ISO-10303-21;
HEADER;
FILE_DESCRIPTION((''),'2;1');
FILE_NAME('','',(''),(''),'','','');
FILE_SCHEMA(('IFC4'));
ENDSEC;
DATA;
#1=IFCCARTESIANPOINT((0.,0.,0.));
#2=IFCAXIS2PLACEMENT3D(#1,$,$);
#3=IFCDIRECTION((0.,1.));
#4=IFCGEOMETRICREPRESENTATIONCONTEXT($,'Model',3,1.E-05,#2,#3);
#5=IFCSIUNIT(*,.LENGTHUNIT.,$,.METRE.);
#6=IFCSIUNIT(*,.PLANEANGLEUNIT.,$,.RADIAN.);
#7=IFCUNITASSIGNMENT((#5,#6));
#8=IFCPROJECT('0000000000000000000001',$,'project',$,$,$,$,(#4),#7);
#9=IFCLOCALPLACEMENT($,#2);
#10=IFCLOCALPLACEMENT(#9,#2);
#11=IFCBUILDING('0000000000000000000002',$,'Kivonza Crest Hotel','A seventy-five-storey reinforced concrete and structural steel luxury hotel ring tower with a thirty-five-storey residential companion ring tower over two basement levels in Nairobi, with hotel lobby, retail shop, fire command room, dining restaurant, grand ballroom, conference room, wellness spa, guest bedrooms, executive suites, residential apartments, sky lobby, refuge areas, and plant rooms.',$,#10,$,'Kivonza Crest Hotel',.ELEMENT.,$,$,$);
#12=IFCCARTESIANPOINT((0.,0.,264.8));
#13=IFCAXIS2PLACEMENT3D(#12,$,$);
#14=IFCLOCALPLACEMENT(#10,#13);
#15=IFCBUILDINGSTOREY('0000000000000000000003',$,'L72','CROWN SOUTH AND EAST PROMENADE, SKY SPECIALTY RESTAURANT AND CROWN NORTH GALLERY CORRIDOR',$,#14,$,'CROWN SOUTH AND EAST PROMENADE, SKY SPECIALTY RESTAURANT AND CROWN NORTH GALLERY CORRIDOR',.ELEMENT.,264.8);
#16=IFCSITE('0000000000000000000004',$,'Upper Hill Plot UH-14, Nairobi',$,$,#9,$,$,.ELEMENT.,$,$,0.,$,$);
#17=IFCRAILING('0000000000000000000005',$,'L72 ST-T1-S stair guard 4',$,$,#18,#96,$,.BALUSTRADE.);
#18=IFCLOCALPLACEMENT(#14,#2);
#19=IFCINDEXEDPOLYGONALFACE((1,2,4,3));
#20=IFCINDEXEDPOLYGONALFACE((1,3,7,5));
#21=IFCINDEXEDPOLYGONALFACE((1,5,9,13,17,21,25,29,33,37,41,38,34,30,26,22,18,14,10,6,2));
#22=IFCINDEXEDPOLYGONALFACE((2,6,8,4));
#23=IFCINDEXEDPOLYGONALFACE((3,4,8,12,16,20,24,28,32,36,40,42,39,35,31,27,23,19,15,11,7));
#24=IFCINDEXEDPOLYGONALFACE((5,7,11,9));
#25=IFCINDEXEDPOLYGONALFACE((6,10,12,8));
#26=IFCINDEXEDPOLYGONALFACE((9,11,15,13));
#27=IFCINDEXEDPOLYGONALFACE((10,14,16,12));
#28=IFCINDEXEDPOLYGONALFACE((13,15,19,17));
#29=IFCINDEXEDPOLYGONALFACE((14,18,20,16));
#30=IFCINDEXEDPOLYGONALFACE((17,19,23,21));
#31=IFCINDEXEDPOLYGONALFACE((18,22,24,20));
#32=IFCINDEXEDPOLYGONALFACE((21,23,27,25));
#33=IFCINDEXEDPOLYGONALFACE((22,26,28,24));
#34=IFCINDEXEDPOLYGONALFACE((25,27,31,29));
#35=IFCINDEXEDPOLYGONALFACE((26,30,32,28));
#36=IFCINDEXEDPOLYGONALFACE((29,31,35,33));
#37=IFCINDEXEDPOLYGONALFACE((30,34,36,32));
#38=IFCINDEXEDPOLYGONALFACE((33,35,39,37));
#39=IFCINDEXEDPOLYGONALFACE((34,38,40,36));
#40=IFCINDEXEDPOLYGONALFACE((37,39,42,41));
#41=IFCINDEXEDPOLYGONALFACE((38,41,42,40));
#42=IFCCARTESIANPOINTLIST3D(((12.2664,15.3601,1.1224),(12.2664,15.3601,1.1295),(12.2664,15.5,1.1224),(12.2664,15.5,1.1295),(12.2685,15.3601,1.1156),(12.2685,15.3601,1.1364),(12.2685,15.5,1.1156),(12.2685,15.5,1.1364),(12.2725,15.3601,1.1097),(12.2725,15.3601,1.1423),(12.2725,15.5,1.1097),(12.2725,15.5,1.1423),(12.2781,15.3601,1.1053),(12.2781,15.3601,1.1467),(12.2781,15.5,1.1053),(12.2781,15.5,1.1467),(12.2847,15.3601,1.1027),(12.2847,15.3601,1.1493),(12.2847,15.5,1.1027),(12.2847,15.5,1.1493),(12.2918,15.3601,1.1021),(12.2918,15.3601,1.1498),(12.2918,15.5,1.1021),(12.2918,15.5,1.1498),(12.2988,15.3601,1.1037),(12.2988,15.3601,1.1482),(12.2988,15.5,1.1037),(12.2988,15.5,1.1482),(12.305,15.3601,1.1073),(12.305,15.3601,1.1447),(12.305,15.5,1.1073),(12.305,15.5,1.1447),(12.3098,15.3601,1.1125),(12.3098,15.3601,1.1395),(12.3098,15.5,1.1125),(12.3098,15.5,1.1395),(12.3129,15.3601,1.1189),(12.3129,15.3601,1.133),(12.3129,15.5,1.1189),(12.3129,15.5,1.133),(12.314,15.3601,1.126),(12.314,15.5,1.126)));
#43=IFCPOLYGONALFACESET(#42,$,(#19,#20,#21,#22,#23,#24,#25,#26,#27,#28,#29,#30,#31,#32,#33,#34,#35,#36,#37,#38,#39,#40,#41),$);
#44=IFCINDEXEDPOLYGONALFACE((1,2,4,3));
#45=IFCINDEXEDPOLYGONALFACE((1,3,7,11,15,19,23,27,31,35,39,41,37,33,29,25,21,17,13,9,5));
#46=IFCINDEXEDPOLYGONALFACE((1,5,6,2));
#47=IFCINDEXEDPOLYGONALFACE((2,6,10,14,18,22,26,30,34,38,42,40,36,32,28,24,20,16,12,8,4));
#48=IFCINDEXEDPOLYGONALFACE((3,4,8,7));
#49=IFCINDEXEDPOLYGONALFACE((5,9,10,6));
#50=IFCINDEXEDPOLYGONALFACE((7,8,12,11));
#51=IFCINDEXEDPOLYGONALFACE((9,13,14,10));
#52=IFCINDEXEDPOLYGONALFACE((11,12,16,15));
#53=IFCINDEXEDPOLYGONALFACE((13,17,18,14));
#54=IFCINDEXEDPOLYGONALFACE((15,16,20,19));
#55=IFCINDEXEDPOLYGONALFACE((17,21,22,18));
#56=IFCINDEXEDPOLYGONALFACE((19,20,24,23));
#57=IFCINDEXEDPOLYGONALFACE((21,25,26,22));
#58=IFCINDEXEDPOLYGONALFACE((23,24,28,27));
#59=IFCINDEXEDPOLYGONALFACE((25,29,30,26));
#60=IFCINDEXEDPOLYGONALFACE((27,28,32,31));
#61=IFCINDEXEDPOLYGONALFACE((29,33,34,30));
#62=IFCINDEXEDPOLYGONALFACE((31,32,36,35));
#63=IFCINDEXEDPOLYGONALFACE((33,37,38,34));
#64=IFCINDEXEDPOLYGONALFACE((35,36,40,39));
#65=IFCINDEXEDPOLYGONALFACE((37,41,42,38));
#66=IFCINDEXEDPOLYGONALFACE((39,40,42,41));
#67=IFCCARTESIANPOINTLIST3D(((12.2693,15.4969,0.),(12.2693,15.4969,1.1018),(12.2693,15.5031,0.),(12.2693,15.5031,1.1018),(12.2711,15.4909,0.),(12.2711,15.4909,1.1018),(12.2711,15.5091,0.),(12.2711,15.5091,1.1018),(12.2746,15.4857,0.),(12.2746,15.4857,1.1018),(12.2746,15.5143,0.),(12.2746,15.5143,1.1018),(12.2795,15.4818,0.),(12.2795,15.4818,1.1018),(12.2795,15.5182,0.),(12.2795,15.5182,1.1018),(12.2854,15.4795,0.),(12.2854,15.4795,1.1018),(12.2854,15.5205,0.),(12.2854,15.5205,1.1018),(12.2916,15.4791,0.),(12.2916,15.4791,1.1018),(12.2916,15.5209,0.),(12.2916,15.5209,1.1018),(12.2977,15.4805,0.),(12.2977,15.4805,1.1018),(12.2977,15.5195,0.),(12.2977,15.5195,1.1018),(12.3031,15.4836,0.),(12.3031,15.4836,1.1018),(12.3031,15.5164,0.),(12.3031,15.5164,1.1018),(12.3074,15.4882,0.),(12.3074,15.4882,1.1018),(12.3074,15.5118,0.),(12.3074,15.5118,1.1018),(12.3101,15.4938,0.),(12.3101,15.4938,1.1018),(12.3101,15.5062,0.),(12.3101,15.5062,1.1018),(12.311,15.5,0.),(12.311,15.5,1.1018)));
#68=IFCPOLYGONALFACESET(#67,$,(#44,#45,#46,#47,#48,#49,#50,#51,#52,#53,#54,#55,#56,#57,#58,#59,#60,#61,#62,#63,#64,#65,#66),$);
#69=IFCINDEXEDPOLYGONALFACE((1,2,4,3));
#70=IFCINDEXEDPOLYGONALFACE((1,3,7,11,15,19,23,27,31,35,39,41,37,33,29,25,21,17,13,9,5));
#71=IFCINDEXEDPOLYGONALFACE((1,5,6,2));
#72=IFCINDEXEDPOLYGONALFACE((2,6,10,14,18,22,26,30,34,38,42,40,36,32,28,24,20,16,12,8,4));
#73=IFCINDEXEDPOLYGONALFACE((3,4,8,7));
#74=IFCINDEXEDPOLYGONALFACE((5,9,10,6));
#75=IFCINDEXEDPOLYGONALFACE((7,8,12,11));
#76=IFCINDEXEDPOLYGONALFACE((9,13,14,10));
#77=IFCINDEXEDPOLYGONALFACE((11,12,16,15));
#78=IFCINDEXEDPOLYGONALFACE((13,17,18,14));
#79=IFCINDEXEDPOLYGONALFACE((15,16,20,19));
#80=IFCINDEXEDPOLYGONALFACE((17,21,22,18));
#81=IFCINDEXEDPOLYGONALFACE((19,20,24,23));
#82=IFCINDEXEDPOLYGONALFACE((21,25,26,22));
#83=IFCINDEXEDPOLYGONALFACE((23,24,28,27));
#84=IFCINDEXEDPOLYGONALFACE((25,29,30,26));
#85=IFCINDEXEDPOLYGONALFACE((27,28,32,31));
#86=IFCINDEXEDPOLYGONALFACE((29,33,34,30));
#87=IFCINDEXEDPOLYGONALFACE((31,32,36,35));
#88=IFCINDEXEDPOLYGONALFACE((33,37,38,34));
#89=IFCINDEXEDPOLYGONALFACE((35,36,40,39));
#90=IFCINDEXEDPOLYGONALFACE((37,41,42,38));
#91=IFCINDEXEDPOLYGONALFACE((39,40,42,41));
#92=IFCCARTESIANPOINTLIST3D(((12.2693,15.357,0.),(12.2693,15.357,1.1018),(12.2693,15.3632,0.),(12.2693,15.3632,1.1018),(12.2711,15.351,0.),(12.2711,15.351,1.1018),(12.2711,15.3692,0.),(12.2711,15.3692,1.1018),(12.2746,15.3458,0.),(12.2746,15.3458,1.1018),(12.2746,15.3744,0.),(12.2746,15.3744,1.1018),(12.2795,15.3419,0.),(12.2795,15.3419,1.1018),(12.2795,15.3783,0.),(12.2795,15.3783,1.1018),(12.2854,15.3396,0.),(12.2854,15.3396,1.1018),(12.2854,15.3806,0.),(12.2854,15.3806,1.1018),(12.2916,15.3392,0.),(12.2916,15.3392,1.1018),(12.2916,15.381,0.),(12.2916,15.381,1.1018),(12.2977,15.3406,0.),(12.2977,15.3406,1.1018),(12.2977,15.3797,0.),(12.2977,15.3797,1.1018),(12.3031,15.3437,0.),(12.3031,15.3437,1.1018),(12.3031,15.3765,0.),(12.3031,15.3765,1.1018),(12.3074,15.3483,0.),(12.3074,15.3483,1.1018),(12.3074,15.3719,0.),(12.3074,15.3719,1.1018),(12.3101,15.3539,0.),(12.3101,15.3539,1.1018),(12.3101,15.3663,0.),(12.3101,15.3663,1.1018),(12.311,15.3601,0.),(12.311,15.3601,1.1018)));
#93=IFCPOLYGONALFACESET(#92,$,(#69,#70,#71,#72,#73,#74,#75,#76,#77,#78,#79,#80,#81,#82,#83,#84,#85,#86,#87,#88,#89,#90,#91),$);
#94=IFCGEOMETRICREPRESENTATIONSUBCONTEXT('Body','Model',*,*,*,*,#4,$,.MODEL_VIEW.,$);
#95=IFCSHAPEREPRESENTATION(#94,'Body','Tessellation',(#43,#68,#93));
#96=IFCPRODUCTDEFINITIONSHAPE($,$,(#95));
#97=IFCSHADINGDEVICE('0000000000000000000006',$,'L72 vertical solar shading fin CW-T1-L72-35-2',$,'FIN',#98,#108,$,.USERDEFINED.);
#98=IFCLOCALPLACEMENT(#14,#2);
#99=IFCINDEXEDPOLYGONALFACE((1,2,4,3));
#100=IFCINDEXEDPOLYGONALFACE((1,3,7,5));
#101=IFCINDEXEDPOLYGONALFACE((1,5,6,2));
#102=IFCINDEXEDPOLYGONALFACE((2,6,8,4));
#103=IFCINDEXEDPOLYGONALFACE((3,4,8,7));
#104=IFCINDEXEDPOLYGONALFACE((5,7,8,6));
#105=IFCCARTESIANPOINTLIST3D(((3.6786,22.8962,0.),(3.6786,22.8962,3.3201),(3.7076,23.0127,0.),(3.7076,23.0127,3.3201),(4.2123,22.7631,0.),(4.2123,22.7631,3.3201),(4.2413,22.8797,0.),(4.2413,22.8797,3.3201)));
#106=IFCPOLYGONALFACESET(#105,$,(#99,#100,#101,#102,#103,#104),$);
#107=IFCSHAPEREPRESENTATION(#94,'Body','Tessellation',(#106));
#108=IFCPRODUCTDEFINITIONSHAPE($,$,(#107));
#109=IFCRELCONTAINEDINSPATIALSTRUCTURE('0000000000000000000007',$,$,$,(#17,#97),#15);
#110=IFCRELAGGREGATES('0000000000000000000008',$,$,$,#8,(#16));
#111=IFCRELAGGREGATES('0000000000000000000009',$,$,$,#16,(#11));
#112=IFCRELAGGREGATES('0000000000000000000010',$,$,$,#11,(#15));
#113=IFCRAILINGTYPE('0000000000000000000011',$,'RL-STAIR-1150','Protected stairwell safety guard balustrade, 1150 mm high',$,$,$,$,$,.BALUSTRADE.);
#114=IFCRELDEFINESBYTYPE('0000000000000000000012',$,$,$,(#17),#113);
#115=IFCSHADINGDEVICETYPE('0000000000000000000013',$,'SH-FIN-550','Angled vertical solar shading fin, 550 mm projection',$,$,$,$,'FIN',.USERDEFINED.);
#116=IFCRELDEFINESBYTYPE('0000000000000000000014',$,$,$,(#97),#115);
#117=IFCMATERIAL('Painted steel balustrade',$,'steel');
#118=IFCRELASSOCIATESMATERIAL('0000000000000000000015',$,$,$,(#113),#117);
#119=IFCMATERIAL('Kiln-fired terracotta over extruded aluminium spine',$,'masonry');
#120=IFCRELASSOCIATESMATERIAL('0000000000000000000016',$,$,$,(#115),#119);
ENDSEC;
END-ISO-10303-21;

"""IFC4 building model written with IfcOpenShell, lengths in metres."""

from ifc_helpers import new_model, si_unit, direction, frame, origin, origin_2d, place, context, subcontext, project, spatial, rectangle, circle, extrude, material, type_object, element, save


model = new_model("IFC4")

# Units and contexts
model_context = context("Model", 3, precision=1e-05, world=origin(), true_north=direction((0.0, 1.0)))
body_context = subcontext(model_context, "Body", "Model", "MODEL_VIEW")
ifc_project = project(units=[si_unit("LENGTHUNIT", "METRE"), si_unit("PLANEANGLEUNIT", "RADIAN")], contexts=[model_context])

# Site, building, storey
site_placement = place(None, origin())
site = spatial("IfcSite", under=ifc_project, at=site_placement, Name="Upper Hill Plot UH-14, Nairobi", CompositionType="ELEMENT", RefElevation=0.0)
building_placement = place(site_placement, origin())
building = spatial("IfcBuilding", under=site, at=building_placement, Name="Kivonza Crest Hotel", Description="A seventy-five-storey reinforced concrete and structural steel luxury hotel ring tower with a thirty-five-storey residential companion ring tower over two basement levels in Nairobi, with hotel lobby, retail shop, fire command room, dining restaurant, grand ballroom, conference room, wellness spa, guest bedrooms, executive suites, residential apartments, sky lobby, refuge areas, and plant rooms.", LongName="Kivonza Crest Hotel", CompositionType="ELEMENT")
storey_placement = place(building_placement, frame((0.0, 0.0, 264.8)))
storey = spatial("IfcBuildingStorey", under=building, at=storey_placement, Name="L72", Description="CROWN SOUTH AND EAST PROMENADE, SKY SPECIALTY RESTAURANT AND CROWN NORTH GALLERY CORRIDOR", LongName="CROWN SOUTH AND EAST PROMENADE, SKY SPECIALTY RESTAURANT AND CROWN NORTH GALLERY CORRIDOR", CompositionType="ELEMENT", Elevation=264.8)

# Railing
ifc_material_1 = material(Name="Painted steel balustrade", Category="steel")
railing_type_1 = type_object("IfcRailingType", Name="RL-STAIR-1150", Description="Protected stairwell safety guard balustrade, 1150 mm high", PredefinedType="BALUSTRADE", material=ifc_material_1)
railing_1_placement = place(storey_placement, frame((12.29, 15.5, 0.0)))
element("IfcRailing", 1, at=railing_1_placement, inside=storey, type_object=railing_type_1, Name="L72 ST-T1-S stair guard 4", PredefinedType="BALUSTRADE", context=body_context, shape_type="SweptSolid", body=[
    extrude(circle(Radius=0.0239, at=origin_2d()), frame((0.0, 0.0, 1.126), z_axis=(0.0, -1.0, 0.0), x_axis=(1.0, 0.0, 0.0)), (0.0, 0.0, 1.0), 0.1399),
    extrude(circle(Radius=0.021, at=origin_2d()), origin(), (0.0, 0.0, 1.0), 1.1018),
    extrude(circle(Radius=0.021, at=origin_2d()), frame((0.0, -0.1399, 0.0)), (0.0, 0.0, 1.0), 1.1018),
])

# Shading device
ifc_material_2 = material(Name="Kiln-fired terracotta over extruded aluminium spine", Category="masonry")
shading_device_type = type_object("IfcShadingDeviceType", Name="SH-FIN-550", Description="Angled vertical solar shading fin, 550 mm projection", ElementType="FIN", PredefinedType="USERDEFINED", material=ifc_material_2)
shading_device_placement = place(storey_placement, frame((3.96, 22.8879, 0.0), z_axis=(0.0, 0.0, 1.0), x_axis=(-0.241922, -0.970296, 0.0)))
element("IfcShadingDevice", 2, at=shading_device_placement, inside=storey, type_object=shading_device_type, Name="L72 vertical solar shading fin CW-T1-L72-35-2", ObjectType="FIN", PredefinedType="USERDEFINED", context=body_context, shape_type="SweptSolid", body=[
    extrude(rectangle(XDim=0.1201, YDim=0.55, at=origin_2d()), origin(), (0.0, 0.0, 1.0), 3.3201),
])

save(model, "model.ifc")
